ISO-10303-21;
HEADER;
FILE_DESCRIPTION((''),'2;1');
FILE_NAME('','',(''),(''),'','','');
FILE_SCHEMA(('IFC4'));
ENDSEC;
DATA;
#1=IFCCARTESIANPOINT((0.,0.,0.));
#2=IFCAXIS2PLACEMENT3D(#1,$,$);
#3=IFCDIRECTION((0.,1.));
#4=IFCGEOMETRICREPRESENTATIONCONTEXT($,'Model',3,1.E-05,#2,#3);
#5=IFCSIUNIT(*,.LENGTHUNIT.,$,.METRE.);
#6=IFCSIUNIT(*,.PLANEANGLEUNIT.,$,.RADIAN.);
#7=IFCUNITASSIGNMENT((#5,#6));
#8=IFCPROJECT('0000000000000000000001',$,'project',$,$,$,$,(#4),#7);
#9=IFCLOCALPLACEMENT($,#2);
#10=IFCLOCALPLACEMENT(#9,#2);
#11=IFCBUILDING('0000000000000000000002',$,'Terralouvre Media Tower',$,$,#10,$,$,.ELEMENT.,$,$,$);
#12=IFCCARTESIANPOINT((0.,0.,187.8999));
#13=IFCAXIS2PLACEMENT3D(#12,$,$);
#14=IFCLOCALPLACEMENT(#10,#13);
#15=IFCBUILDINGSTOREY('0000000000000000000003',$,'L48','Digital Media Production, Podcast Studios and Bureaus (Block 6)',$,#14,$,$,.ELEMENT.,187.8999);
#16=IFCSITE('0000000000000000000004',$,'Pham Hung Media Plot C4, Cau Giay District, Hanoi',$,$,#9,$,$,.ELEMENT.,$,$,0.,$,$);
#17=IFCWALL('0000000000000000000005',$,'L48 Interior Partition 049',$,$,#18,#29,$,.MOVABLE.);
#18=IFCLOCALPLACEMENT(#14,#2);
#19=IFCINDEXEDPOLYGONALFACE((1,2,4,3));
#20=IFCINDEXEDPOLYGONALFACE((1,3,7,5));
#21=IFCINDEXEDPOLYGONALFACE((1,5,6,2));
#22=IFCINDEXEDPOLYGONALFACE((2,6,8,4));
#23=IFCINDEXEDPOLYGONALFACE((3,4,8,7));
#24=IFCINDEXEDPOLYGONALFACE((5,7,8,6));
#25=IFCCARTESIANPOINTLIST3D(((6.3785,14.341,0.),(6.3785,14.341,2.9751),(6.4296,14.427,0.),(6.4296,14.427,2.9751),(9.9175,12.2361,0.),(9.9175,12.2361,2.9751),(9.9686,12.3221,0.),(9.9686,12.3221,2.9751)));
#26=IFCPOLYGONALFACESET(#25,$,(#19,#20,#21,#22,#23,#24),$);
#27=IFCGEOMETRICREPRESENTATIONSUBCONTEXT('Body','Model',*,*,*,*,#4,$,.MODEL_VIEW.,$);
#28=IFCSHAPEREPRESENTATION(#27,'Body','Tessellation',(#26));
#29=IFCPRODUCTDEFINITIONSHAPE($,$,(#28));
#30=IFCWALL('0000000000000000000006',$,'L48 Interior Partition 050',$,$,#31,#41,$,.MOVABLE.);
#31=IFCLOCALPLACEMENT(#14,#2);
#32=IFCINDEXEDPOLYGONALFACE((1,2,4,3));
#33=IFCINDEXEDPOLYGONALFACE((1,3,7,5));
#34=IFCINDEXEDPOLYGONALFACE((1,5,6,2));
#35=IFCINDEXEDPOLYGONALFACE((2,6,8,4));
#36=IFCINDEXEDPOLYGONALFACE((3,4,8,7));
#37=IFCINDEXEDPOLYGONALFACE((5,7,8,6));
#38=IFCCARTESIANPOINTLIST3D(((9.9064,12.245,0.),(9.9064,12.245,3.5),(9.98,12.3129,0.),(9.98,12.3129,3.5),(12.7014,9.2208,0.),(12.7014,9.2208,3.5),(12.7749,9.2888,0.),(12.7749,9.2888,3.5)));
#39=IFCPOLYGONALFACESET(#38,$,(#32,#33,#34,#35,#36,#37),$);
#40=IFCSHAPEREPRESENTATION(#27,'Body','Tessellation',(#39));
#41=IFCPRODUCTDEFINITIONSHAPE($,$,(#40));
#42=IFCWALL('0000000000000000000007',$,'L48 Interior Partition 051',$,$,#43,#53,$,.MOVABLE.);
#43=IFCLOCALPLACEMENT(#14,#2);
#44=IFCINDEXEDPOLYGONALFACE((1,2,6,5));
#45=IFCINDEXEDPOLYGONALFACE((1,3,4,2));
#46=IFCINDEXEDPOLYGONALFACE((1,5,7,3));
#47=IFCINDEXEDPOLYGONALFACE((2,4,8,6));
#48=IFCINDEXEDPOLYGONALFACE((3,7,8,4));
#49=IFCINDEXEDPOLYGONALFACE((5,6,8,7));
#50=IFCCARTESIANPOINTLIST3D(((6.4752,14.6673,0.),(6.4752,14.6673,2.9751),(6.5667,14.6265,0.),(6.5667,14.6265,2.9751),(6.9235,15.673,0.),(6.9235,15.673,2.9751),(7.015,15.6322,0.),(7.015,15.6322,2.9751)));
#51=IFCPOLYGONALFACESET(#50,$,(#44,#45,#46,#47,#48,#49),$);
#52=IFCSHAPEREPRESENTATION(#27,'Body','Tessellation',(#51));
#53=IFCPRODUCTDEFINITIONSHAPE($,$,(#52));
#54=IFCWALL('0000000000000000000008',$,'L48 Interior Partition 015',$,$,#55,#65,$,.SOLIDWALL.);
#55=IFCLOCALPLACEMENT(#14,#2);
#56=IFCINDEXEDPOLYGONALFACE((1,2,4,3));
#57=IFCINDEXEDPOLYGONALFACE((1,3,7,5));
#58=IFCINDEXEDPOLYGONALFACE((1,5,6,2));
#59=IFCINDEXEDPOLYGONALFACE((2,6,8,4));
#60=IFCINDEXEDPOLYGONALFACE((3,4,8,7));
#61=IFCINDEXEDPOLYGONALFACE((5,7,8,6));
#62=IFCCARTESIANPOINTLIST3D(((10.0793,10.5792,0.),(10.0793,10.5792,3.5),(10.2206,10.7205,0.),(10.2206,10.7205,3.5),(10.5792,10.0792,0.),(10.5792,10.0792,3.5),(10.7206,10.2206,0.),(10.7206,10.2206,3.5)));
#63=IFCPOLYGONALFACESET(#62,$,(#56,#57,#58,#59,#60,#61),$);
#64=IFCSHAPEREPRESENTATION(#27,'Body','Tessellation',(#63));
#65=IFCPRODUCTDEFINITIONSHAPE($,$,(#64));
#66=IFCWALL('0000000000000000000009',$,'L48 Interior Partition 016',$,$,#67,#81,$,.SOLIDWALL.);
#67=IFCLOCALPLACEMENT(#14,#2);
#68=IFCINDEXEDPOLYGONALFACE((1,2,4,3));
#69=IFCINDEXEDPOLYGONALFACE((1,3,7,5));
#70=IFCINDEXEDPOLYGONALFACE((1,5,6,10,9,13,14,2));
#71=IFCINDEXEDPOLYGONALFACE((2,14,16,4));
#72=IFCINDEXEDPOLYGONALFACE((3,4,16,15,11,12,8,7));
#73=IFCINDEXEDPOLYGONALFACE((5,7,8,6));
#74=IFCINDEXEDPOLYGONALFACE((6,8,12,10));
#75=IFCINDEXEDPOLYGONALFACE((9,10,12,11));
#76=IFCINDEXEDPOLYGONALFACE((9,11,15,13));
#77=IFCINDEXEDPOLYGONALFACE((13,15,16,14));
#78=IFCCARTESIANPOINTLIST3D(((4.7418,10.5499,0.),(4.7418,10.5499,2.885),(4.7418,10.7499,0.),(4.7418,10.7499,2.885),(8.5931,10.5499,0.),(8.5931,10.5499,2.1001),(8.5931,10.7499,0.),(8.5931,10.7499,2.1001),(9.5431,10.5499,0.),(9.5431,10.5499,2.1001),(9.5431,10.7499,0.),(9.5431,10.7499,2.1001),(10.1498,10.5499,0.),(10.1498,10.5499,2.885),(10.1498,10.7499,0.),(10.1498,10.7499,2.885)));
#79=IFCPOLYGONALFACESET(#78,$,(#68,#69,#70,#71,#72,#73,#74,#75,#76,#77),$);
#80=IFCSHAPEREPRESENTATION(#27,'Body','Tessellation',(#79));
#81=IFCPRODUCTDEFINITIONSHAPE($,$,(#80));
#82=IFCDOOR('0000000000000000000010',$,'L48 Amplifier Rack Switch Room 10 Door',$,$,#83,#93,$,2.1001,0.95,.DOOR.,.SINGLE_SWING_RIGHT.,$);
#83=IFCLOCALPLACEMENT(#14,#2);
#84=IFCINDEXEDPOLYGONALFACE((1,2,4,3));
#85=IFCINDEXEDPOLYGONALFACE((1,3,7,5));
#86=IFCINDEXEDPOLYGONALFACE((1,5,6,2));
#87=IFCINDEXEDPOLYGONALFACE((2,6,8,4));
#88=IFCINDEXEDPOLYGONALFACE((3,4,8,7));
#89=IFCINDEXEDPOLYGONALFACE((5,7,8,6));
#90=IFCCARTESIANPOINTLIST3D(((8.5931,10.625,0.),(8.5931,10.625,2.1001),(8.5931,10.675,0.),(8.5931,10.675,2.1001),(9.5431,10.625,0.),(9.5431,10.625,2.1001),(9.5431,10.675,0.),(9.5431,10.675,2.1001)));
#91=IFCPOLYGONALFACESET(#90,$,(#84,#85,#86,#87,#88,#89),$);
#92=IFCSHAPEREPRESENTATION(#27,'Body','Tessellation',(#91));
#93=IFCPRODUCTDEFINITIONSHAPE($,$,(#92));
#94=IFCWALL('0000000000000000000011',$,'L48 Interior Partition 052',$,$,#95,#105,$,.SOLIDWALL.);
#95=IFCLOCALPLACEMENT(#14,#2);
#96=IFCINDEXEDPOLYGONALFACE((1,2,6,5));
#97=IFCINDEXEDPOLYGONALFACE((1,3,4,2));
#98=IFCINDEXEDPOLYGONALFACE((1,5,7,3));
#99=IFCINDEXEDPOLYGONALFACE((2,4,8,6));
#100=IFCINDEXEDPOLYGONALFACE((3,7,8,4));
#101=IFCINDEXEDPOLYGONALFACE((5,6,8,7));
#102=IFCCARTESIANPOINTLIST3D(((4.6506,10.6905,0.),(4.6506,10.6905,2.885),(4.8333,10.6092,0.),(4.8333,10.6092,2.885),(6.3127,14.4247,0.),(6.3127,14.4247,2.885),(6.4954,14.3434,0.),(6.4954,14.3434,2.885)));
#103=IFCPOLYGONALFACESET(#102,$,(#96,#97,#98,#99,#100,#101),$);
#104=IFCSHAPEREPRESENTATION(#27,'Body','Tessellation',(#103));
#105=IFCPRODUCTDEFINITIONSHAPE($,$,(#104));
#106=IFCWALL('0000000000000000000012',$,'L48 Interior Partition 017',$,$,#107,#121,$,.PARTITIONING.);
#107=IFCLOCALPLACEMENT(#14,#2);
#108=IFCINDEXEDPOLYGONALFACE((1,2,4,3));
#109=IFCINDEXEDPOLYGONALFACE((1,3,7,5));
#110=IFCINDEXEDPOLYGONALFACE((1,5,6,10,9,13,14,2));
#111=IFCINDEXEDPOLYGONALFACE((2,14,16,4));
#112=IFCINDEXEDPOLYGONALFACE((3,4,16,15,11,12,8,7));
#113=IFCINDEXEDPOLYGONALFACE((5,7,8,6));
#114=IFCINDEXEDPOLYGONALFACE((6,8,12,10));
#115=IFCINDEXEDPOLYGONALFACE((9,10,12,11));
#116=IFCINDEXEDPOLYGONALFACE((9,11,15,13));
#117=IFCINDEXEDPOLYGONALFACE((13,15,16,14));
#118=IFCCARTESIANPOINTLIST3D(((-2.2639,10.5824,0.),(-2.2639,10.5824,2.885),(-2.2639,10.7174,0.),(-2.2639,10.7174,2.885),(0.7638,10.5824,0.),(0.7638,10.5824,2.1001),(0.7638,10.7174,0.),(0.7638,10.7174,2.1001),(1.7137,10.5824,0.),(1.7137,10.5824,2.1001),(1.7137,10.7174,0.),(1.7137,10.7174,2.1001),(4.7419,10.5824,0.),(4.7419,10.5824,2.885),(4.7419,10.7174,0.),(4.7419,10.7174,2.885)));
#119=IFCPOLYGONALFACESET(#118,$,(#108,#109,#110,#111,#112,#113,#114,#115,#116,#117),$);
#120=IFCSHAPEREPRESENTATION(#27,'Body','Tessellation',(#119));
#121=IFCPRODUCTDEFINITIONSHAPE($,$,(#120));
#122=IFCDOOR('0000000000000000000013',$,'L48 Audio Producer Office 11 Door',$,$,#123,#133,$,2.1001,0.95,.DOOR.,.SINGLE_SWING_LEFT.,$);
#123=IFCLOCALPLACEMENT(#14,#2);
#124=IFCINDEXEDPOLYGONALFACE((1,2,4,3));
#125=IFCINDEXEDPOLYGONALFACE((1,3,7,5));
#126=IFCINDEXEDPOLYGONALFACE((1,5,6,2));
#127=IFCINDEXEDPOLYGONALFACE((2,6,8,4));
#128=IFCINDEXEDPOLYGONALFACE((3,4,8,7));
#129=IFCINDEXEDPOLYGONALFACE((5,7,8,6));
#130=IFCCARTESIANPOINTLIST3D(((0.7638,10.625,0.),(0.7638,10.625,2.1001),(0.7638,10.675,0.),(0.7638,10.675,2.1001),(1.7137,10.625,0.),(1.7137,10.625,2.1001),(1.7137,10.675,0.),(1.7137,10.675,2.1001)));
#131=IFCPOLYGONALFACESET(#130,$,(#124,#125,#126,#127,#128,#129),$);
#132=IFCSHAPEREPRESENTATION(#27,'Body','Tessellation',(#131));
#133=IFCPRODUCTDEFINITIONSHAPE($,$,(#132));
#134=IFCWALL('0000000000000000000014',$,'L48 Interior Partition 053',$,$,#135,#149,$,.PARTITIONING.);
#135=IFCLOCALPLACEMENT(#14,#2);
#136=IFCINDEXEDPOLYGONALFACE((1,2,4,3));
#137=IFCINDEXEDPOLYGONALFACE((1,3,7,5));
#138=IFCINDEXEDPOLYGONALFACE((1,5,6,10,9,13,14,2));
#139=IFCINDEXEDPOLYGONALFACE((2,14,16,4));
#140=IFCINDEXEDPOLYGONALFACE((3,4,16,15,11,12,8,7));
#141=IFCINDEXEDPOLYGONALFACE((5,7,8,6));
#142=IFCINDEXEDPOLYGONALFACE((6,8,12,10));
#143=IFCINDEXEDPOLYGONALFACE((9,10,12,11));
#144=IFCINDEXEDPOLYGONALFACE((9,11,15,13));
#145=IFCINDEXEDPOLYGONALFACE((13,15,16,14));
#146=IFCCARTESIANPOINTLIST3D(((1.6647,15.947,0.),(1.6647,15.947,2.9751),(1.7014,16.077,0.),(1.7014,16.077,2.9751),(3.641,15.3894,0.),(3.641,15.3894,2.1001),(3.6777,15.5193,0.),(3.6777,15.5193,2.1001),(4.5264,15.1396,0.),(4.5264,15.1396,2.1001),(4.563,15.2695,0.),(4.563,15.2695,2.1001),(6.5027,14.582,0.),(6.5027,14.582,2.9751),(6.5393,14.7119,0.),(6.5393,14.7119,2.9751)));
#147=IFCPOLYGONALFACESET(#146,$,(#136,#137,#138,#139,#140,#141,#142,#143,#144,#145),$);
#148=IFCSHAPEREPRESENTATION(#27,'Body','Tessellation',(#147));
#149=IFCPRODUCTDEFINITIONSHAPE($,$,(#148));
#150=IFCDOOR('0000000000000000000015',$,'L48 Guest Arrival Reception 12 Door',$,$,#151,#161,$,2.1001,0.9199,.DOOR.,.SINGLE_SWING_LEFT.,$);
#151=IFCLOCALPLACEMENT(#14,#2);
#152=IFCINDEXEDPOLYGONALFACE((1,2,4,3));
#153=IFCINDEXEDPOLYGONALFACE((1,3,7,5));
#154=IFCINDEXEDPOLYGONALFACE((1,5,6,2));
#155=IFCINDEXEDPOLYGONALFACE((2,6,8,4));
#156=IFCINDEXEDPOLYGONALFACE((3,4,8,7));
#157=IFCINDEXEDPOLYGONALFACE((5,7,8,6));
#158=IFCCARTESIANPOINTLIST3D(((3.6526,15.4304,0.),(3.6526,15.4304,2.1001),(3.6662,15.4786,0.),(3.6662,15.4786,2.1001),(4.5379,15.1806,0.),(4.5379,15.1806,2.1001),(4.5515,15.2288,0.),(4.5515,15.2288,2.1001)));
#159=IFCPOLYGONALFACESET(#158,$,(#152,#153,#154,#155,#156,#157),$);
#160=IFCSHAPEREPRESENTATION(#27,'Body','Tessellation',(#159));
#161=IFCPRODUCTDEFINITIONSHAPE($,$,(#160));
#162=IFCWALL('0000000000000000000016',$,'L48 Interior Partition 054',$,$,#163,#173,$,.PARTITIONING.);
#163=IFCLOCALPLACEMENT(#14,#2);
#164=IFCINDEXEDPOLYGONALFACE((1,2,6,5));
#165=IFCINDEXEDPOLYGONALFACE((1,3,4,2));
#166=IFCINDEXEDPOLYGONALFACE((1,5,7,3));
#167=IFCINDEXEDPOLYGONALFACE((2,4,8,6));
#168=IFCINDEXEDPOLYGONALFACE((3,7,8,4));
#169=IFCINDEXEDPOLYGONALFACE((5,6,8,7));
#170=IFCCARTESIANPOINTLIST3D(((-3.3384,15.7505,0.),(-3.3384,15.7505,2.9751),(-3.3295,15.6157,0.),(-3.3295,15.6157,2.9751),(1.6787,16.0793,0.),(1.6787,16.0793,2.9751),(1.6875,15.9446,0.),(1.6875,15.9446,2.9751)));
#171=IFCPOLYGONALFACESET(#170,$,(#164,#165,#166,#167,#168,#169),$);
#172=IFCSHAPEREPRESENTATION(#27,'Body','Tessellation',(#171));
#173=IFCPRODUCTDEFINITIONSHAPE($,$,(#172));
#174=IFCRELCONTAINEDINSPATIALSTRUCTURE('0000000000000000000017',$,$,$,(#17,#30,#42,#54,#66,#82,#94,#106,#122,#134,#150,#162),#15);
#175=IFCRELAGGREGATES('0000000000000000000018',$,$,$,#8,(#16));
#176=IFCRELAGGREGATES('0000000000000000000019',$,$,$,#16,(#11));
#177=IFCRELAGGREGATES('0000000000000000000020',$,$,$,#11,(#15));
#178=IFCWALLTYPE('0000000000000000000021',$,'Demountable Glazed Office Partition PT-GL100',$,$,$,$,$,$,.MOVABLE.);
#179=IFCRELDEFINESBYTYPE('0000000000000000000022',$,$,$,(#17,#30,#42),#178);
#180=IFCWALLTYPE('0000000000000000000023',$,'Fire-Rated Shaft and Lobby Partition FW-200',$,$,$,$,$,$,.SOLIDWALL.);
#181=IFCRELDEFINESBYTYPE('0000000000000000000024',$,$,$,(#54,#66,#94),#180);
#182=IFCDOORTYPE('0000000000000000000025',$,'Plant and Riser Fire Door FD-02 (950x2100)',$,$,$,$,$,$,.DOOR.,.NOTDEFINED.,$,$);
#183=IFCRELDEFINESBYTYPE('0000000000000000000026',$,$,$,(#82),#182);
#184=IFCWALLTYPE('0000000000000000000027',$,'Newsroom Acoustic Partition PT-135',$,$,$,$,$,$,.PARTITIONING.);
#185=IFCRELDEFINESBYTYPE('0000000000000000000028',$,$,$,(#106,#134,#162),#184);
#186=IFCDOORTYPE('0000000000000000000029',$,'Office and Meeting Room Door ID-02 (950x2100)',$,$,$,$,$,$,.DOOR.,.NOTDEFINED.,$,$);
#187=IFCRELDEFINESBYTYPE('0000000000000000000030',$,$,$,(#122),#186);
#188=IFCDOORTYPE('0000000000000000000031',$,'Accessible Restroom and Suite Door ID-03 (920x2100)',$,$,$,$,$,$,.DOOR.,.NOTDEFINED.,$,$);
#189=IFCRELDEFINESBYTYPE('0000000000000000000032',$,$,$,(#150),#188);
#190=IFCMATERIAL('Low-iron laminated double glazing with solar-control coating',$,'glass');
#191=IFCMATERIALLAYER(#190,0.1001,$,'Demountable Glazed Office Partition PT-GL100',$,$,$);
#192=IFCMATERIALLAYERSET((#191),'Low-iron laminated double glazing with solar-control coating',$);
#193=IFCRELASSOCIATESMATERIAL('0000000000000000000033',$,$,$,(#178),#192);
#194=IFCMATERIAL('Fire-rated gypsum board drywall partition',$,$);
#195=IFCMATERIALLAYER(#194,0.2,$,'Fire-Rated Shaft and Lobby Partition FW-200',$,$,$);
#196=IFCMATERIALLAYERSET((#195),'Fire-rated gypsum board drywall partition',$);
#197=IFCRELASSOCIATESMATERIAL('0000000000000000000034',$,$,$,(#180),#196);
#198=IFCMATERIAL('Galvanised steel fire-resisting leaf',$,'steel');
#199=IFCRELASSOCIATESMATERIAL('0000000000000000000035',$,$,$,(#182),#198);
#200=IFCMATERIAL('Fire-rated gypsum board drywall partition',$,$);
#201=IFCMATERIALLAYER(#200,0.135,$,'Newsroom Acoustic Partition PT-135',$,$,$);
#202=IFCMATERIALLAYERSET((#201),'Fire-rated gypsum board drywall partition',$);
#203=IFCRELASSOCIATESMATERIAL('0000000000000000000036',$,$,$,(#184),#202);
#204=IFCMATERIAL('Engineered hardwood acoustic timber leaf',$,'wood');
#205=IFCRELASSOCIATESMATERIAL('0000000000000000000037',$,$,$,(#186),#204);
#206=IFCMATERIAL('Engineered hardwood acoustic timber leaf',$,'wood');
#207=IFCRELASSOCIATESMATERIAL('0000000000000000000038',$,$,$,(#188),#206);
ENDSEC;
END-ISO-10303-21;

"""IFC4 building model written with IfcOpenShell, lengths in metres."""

from ifc_helpers import new_model, si_unit, direction, frame, frame_2d, origin, place, context, subcontext, project, spatial, rectangle, extrude, material, layer, layer_set, type_object, element, fill, save


model = new_model("IFC4")

# Units and contexts
model_context = context("Model", 3, precision=1e-05, world=origin(), true_north=direction((0.0, 1.0)))
body_context = subcontext(model_context, "Body", "Model", "MODEL_VIEW")
ifc_project = project(units=[si_unit("LENGTHUNIT", "METRE"), si_unit("PLANEANGLEUNIT", "RADIAN")], contexts=[model_context])

# Site, building, storey
site_placement = place(None, origin())
site = spatial("IfcSite", under=ifc_project, at=site_placement, Name="Pham Hung Media Plot C4, Cau Giay District, Hanoi", CompositionType="ELEMENT", RefElevation=0.0)
building_placement = place(site_placement, origin())
building = spatial("IfcBuilding", under=site, at=building_placement, Name="Terralouvre Media Tower", CompositionType="ELEMENT")
storey_placement = place(building_placement, frame((0.0, 0.0, 187.8999)))
storey = spatial("IfcBuildingStorey", under=building, at=storey_placement, Name="L48", Description="Digital Media Production, Podcast Studios and Bureaus (Block 6)", CompositionType="ELEMENT", Elevation=187.8999)

# Walls
ifc_material_1 = material(Name="Low-iron laminated double glazing with solar-control coating", Category="glass")
ifc_layer_1 = layer(ifc_material_1, 0.1001, Name="Demountable Glazed Office Partition PT-GL100")
ifc_layer_set_1 = layer_set([ifc_layer_1], Name="Low-iron laminated double glazing with solar-control coating")
wall_type_1 = type_object("IfcWallType", Name="Demountable Glazed Office Partition PT-GL100", PredefinedType="MOVABLE", material=ifc_layer_set_1)
wall_1_placement = place(storey_placement, frame((6.4041, 14.384, 0.0), z_axis=(0.0, 0.0, 1.0), x_axis=(0.859464, -0.511196, 0.0)))
element("IfcWall", 1, at=wall_1_placement, inside=storey, type_object=wall_type_1, Name="L48 Interior Partition 049", PredefinedType="MOVABLE", context=body_context, shape_type="SweptSolid", body=[
    extrude(rectangle(XDim=4.1177, YDim=0.1001, at=frame_2d((2.0588, 0.0))), origin(), (0.0, 0.0, 1.0), 2.9751),
])
wall_2_placement = place(storey_placement, frame((9.9431, 12.2791, 0.0), z_axis=(0.0, 0.0, 1.0), x_axis=(0.678723, -0.734394, 0.0)))
element("IfcWall", 2, at=wall_2_placement, inside=storey, type_object=wall_type_1, Name="L48 Interior Partition 050", PredefinedType="MOVABLE", context=body_context, shape_type="SweptSolid", body=[
    extrude(rectangle(XDim=4.1179, YDim=0.1001, at=frame_2d((2.0591, 0.0))), origin(), (0.0, 0.0, 1.0), 3.5),
])
wall_3_placement = place(storey_placement, frame((6.9692, 15.6526, 0.0), z_axis=(0.0, 0.0, 1.0), x_axis=(-0.407126, -0.913372, 0.0)))
element("IfcWall", 3, at=wall_3_placement, inside=storey, type_object=wall_type_1, Name="L48 Interior Partition 051", PredefinedType="MOVABLE", context=body_context, shape_type="SweptSolid", body=[
    extrude(rectangle(XDim=1.1011, YDim=0.1001, at=frame_2d((0.5505, 0.0))), origin(), (0.0, 0.0, 1.0), 2.9751),
])
ifc_material_2 = material(Name="Fire-rated gypsum board drywall partition")
ifc_layer_2 = layer(ifc_material_2, 0.2, Name="Fire-Rated Shaft and Lobby Partition FW-200")
ifc_layer_set_2 = layer_set([ifc_layer_2], Name="Fire-rated gypsum board drywall partition")
wall_type_2 = type_object("IfcWallType", Name="Fire-Rated Shaft and Lobby Partition FW-200", PredefinedType="SOLIDWALL", material=ifc_layer_set_2)
wall_4_placement = place(storey_placement, frame((10.6499, 10.1499, 0.0), z_axis=(0.0, 0.0, 1.0), x_axis=(-0.707107, 0.707107, 0.0)))
element("IfcWall", 4, at=wall_4_placement, inside=storey, type_object=wall_type_2, Name="L48 Interior Partition 015", PredefinedType="SOLIDWALL", context=body_context, shape_type="SweptSolid", body=[
    extrude(rectangle(XDim=0.707, YDim=0.2, at=frame_2d((0.3535, 0.0))), origin(), (0.0, 0.0, 1.0), 3.5),
])

# Wall, opening, door
wall_5_placement = place(storey_placement, frame((10.1499, 10.6499, 0.0), z_axis=(0.0, 0.0, 1.0), x_axis=(-1.0, 0.0, 0.0)))
wall_5 = element("IfcWall", 5, at=wall_5_placement, inside=storey, type_object=wall_type_2, Name="L48 Interior Partition 016", PredefinedType="SOLIDWALL", context=body_context, shape_type="SweptSolid", body=[
    extrude(rectangle(XDim=5.408, YDim=0.2, at=frame_2d((2.7041, 0.0))), origin(), (0.0, 0.0, 1.0), 2.885),
])
opening_1_placement = place(wall_5_placement, frame((0.6067, 0.0, 0.0)))
opening_1 = element("IfcOpeningElement", 6, at=opening_1_placement, cuts=wall_5, PredefinedType="OPENING", context=body_context, shape_type="SweptSolid", body=[
    extrude(rectangle(XDim=0.95, YDim=2.1001, at=frame_2d((0.4751, 1.05))), frame((0.0, 0.1099, 0.0), z_axis=(0.0, -1.0, 0.0), x_axis=(1.0, 0.0, 0.0)), (0.0, 0.0, 1.0), 0.22),
])
ifc_material_3 = material(Name="Galvanised steel fire-resisting leaf", Category="steel")
door_type_1 = type_object("IfcDoorType", Name="Plant and Riser Fire Door FD-02 (950x2100)", OperationType="NOTDEFINED", PredefinedType="DOOR", material=ifc_material_3)
door_1_placement = place(opening_1_placement, origin())
door_1 = element("IfcDoor", 7, at=door_1_placement, inside=storey, type_object=door_type_1, Name="L48 Amplifier Rack Switch Room 10 Door", OperationType="SINGLE_SWING_RIGHT", OverallHeight=2.1001, OverallWidth=0.95, PredefinedType="DOOR", context=body_context, shape_type="SweptSolid", body=[
    extrude(rectangle(XDim=0.95, YDim=2.1001, at=frame_2d((0.4751, 1.05))), frame((0.0, 0.0249, 0.0), z_axis=(0.0, -1.0, 0.0), x_axis=(1.0, 0.0, 0.0)), (0.0, 0.0, 1.0), 0.05),
])
fill(opening_1, door_1)

# Wall
wall_6_placement = place(storey_placement, frame((6.4041, 14.384, 0.0), z_axis=(0.0, 0.0, 1.0), x_axis=(-0.406648, -0.913585, 0.0)))
element("IfcWall", 8, at=wall_6_placement, inside=storey, type_object=wall_type_2, Name="L48 Interior Partition 052", PredefinedType="SOLIDWALL", context=body_context, shape_type="SweptSolid", body=[
    extrude(rectangle(XDim=4.0874, YDim=0.2, at=frame_2d((2.0437, 0.0))), origin(), (0.0, 0.0, 1.0), 2.885),
])

# Walls, openings, doors
ifc_material_4 = material(Name="Fire-rated gypsum board drywall partition")
ifc_layer_3 = layer(ifc_material_4, 0.135, Name="Newsroom Acoustic Partition PT-135")
ifc_layer_set_3 = layer_set([ifc_layer_3], Name="Fire-rated gypsum board drywall partition")
wall_type_3 = type_object("IfcWallType", Name="Newsroom Acoustic Partition PT-135", PredefinedType="PARTITIONING", material=ifc_layer_set_3)
wall_7_placement = place(storey_placement, frame((4.7419, 10.6499, 0.0), z_axis=(0.0, 0.0, 1.0), x_axis=(-1.0, 0.0, 0.0)))
wall_7 = element("IfcWall", 9, at=wall_7_placement, inside=storey, type_object=wall_type_3, Name="L48 Interior Partition 017", PredefinedType="PARTITIONING", context=body_context, shape_type="SweptSolid", body=[
    extrude(rectangle(XDim=7.0059, YDim=0.135, at=frame_2d((3.5029, 0.0))), origin(), (0.0, 0.0, 1.0), 2.885),
])
opening_2_placement = place(wall_7_placement, frame((3.0281, 0.0, 0.0)))
opening_2 = element("IfcOpeningElement", 10, at=opening_2_placement, cuts=wall_7, PredefinedType="OPENING", context=body_context, shape_type="SweptSolid", body=[
    extrude(rectangle(XDim=0.95, YDim=2.1001, at=frame_2d((0.4751, 1.05))), frame((0.0, 0.0774, 0.0), z_axis=(0.0, -1.0, 0.0), x_axis=(1.0, 0.0, 0.0)), (0.0, 0.0, 1.0), 0.155),
])
ifc_material_5 = material(Name="Engineered hardwood acoustic timber leaf", Category="wood")
door_type_2 = type_object("IfcDoorType", Name="Office and Meeting Room Door ID-02 (950x2100)", OperationType="NOTDEFINED", PredefinedType="DOOR", material=ifc_material_5)
door_2_placement = place(opening_2_placement, origin())
door_2 = element("IfcDoor", 11, at=door_2_placement, inside=storey, type_object=door_type_2, Name="L48 Audio Producer Office 11 Door", OperationType="SINGLE_SWING_LEFT", OverallHeight=2.1001, OverallWidth=0.95, PredefinedType="DOOR", context=body_context, shape_type="SweptSolid", body=[
    extrude(rectangle(XDim=0.95, YDim=2.1001, at=frame_2d((0.4751, 1.05))), frame((0.0, 0.0249, 0.0), z_axis=(0.0, -1.0, 0.0), x_axis=(1.0, 0.0, 0.0)), (0.0, 0.0, 1.0), 0.05),
])
fill(opening_2, door_2)
wall_8_placement = place(storey_placement, frame((6.521, 14.647, 0.0), z_axis=(0.0, 0.0, 1.0), x_axis=(-0.962426, 0.271544, 0.0)))
wall_8 = element("IfcWall", 12, at=wall_8_placement, inside=storey, type_object=wall_type_3, Name="L48 Interior Partition 053", PredefinedType="PARTITIONING", context=body_context, shape_type="SweptSolid", body=[
    extrude(rectangle(XDim=5.0269, YDim=0.135, at=frame_2d((2.5134, 0.0))), origin(), (0.0, 0.0, 1.0), 2.9751),
])
opening_3_placement = place(wall_8_placement, frame((2.0535, 0.0, 0.0)))
opening_3 = element("IfcOpeningElement", 13, at=opening_3_placement, cuts=wall_8, PredefinedType="OPENING", context=body_context, shape_type="SweptSolid", body=[
    extrude(rectangle(XDim=0.9199, YDim=2.1001, at=frame_2d((0.46, 1.05))), frame((0.0, 0.0774, 0.0), z_axis=(0.0, -1.0, 0.0), x_axis=(1.0, 0.0, 0.0)), (0.0, 0.0, 1.0), 0.155),
])
ifc_material_6 = material(Name="Engineered hardwood acoustic timber leaf", Category="wood")
door_type_3 = type_object("IfcDoorType", Name="Accessible Restroom and Suite Door ID-03 (920x2100)", OperationType="NOTDEFINED", PredefinedType="DOOR", material=ifc_material_6)
door_3_placement = place(opening_3_placement, origin())
door_3 = element("IfcDoor", 14, at=door_3_placement, inside=storey, type_object=door_type_3, Name="L48 Guest Arrival Reception 12 Door", OperationType="SINGLE_SWING_LEFT", OverallHeight=2.1001, OverallWidth=0.9199, PredefinedType="DOOR", context=body_context, shape_type="SweptSolid", body=[
    extrude(rectangle(XDim=0.9199, YDim=2.1001, at=frame_2d((0.46, 1.05))), frame((0.0, 0.0249, 0.0), z_axis=(0.0, -1.0, 0.0), x_axis=(1.0, 0.0, 0.0)), (0.0, 0.0, 1.0), 0.05),
])
fill(opening_3, door_3)

# Wall
wall_9_placement = place(storey_placement, frame((1.6831, 16.012, 0.0), z_axis=(0.0, 0.0, 1.0), x_axis=(-0.997859, -0.065407, 0.0)))
element("IfcWall", 15, at=wall_9_placement, inside=storey, type_object=wall_type_3, Name="L48 Interior Partition 054", PredefinedType="PARTITIONING", context=body_context, shape_type="SweptSolid", body=[
    extrude(rectangle(XDim=5.0278, YDim=0.135, at=frame_2d((2.5139, 0.0))), origin(), (0.0, 0.0, 1.0), 2.9751),
])

save(model, "model.ifc")
